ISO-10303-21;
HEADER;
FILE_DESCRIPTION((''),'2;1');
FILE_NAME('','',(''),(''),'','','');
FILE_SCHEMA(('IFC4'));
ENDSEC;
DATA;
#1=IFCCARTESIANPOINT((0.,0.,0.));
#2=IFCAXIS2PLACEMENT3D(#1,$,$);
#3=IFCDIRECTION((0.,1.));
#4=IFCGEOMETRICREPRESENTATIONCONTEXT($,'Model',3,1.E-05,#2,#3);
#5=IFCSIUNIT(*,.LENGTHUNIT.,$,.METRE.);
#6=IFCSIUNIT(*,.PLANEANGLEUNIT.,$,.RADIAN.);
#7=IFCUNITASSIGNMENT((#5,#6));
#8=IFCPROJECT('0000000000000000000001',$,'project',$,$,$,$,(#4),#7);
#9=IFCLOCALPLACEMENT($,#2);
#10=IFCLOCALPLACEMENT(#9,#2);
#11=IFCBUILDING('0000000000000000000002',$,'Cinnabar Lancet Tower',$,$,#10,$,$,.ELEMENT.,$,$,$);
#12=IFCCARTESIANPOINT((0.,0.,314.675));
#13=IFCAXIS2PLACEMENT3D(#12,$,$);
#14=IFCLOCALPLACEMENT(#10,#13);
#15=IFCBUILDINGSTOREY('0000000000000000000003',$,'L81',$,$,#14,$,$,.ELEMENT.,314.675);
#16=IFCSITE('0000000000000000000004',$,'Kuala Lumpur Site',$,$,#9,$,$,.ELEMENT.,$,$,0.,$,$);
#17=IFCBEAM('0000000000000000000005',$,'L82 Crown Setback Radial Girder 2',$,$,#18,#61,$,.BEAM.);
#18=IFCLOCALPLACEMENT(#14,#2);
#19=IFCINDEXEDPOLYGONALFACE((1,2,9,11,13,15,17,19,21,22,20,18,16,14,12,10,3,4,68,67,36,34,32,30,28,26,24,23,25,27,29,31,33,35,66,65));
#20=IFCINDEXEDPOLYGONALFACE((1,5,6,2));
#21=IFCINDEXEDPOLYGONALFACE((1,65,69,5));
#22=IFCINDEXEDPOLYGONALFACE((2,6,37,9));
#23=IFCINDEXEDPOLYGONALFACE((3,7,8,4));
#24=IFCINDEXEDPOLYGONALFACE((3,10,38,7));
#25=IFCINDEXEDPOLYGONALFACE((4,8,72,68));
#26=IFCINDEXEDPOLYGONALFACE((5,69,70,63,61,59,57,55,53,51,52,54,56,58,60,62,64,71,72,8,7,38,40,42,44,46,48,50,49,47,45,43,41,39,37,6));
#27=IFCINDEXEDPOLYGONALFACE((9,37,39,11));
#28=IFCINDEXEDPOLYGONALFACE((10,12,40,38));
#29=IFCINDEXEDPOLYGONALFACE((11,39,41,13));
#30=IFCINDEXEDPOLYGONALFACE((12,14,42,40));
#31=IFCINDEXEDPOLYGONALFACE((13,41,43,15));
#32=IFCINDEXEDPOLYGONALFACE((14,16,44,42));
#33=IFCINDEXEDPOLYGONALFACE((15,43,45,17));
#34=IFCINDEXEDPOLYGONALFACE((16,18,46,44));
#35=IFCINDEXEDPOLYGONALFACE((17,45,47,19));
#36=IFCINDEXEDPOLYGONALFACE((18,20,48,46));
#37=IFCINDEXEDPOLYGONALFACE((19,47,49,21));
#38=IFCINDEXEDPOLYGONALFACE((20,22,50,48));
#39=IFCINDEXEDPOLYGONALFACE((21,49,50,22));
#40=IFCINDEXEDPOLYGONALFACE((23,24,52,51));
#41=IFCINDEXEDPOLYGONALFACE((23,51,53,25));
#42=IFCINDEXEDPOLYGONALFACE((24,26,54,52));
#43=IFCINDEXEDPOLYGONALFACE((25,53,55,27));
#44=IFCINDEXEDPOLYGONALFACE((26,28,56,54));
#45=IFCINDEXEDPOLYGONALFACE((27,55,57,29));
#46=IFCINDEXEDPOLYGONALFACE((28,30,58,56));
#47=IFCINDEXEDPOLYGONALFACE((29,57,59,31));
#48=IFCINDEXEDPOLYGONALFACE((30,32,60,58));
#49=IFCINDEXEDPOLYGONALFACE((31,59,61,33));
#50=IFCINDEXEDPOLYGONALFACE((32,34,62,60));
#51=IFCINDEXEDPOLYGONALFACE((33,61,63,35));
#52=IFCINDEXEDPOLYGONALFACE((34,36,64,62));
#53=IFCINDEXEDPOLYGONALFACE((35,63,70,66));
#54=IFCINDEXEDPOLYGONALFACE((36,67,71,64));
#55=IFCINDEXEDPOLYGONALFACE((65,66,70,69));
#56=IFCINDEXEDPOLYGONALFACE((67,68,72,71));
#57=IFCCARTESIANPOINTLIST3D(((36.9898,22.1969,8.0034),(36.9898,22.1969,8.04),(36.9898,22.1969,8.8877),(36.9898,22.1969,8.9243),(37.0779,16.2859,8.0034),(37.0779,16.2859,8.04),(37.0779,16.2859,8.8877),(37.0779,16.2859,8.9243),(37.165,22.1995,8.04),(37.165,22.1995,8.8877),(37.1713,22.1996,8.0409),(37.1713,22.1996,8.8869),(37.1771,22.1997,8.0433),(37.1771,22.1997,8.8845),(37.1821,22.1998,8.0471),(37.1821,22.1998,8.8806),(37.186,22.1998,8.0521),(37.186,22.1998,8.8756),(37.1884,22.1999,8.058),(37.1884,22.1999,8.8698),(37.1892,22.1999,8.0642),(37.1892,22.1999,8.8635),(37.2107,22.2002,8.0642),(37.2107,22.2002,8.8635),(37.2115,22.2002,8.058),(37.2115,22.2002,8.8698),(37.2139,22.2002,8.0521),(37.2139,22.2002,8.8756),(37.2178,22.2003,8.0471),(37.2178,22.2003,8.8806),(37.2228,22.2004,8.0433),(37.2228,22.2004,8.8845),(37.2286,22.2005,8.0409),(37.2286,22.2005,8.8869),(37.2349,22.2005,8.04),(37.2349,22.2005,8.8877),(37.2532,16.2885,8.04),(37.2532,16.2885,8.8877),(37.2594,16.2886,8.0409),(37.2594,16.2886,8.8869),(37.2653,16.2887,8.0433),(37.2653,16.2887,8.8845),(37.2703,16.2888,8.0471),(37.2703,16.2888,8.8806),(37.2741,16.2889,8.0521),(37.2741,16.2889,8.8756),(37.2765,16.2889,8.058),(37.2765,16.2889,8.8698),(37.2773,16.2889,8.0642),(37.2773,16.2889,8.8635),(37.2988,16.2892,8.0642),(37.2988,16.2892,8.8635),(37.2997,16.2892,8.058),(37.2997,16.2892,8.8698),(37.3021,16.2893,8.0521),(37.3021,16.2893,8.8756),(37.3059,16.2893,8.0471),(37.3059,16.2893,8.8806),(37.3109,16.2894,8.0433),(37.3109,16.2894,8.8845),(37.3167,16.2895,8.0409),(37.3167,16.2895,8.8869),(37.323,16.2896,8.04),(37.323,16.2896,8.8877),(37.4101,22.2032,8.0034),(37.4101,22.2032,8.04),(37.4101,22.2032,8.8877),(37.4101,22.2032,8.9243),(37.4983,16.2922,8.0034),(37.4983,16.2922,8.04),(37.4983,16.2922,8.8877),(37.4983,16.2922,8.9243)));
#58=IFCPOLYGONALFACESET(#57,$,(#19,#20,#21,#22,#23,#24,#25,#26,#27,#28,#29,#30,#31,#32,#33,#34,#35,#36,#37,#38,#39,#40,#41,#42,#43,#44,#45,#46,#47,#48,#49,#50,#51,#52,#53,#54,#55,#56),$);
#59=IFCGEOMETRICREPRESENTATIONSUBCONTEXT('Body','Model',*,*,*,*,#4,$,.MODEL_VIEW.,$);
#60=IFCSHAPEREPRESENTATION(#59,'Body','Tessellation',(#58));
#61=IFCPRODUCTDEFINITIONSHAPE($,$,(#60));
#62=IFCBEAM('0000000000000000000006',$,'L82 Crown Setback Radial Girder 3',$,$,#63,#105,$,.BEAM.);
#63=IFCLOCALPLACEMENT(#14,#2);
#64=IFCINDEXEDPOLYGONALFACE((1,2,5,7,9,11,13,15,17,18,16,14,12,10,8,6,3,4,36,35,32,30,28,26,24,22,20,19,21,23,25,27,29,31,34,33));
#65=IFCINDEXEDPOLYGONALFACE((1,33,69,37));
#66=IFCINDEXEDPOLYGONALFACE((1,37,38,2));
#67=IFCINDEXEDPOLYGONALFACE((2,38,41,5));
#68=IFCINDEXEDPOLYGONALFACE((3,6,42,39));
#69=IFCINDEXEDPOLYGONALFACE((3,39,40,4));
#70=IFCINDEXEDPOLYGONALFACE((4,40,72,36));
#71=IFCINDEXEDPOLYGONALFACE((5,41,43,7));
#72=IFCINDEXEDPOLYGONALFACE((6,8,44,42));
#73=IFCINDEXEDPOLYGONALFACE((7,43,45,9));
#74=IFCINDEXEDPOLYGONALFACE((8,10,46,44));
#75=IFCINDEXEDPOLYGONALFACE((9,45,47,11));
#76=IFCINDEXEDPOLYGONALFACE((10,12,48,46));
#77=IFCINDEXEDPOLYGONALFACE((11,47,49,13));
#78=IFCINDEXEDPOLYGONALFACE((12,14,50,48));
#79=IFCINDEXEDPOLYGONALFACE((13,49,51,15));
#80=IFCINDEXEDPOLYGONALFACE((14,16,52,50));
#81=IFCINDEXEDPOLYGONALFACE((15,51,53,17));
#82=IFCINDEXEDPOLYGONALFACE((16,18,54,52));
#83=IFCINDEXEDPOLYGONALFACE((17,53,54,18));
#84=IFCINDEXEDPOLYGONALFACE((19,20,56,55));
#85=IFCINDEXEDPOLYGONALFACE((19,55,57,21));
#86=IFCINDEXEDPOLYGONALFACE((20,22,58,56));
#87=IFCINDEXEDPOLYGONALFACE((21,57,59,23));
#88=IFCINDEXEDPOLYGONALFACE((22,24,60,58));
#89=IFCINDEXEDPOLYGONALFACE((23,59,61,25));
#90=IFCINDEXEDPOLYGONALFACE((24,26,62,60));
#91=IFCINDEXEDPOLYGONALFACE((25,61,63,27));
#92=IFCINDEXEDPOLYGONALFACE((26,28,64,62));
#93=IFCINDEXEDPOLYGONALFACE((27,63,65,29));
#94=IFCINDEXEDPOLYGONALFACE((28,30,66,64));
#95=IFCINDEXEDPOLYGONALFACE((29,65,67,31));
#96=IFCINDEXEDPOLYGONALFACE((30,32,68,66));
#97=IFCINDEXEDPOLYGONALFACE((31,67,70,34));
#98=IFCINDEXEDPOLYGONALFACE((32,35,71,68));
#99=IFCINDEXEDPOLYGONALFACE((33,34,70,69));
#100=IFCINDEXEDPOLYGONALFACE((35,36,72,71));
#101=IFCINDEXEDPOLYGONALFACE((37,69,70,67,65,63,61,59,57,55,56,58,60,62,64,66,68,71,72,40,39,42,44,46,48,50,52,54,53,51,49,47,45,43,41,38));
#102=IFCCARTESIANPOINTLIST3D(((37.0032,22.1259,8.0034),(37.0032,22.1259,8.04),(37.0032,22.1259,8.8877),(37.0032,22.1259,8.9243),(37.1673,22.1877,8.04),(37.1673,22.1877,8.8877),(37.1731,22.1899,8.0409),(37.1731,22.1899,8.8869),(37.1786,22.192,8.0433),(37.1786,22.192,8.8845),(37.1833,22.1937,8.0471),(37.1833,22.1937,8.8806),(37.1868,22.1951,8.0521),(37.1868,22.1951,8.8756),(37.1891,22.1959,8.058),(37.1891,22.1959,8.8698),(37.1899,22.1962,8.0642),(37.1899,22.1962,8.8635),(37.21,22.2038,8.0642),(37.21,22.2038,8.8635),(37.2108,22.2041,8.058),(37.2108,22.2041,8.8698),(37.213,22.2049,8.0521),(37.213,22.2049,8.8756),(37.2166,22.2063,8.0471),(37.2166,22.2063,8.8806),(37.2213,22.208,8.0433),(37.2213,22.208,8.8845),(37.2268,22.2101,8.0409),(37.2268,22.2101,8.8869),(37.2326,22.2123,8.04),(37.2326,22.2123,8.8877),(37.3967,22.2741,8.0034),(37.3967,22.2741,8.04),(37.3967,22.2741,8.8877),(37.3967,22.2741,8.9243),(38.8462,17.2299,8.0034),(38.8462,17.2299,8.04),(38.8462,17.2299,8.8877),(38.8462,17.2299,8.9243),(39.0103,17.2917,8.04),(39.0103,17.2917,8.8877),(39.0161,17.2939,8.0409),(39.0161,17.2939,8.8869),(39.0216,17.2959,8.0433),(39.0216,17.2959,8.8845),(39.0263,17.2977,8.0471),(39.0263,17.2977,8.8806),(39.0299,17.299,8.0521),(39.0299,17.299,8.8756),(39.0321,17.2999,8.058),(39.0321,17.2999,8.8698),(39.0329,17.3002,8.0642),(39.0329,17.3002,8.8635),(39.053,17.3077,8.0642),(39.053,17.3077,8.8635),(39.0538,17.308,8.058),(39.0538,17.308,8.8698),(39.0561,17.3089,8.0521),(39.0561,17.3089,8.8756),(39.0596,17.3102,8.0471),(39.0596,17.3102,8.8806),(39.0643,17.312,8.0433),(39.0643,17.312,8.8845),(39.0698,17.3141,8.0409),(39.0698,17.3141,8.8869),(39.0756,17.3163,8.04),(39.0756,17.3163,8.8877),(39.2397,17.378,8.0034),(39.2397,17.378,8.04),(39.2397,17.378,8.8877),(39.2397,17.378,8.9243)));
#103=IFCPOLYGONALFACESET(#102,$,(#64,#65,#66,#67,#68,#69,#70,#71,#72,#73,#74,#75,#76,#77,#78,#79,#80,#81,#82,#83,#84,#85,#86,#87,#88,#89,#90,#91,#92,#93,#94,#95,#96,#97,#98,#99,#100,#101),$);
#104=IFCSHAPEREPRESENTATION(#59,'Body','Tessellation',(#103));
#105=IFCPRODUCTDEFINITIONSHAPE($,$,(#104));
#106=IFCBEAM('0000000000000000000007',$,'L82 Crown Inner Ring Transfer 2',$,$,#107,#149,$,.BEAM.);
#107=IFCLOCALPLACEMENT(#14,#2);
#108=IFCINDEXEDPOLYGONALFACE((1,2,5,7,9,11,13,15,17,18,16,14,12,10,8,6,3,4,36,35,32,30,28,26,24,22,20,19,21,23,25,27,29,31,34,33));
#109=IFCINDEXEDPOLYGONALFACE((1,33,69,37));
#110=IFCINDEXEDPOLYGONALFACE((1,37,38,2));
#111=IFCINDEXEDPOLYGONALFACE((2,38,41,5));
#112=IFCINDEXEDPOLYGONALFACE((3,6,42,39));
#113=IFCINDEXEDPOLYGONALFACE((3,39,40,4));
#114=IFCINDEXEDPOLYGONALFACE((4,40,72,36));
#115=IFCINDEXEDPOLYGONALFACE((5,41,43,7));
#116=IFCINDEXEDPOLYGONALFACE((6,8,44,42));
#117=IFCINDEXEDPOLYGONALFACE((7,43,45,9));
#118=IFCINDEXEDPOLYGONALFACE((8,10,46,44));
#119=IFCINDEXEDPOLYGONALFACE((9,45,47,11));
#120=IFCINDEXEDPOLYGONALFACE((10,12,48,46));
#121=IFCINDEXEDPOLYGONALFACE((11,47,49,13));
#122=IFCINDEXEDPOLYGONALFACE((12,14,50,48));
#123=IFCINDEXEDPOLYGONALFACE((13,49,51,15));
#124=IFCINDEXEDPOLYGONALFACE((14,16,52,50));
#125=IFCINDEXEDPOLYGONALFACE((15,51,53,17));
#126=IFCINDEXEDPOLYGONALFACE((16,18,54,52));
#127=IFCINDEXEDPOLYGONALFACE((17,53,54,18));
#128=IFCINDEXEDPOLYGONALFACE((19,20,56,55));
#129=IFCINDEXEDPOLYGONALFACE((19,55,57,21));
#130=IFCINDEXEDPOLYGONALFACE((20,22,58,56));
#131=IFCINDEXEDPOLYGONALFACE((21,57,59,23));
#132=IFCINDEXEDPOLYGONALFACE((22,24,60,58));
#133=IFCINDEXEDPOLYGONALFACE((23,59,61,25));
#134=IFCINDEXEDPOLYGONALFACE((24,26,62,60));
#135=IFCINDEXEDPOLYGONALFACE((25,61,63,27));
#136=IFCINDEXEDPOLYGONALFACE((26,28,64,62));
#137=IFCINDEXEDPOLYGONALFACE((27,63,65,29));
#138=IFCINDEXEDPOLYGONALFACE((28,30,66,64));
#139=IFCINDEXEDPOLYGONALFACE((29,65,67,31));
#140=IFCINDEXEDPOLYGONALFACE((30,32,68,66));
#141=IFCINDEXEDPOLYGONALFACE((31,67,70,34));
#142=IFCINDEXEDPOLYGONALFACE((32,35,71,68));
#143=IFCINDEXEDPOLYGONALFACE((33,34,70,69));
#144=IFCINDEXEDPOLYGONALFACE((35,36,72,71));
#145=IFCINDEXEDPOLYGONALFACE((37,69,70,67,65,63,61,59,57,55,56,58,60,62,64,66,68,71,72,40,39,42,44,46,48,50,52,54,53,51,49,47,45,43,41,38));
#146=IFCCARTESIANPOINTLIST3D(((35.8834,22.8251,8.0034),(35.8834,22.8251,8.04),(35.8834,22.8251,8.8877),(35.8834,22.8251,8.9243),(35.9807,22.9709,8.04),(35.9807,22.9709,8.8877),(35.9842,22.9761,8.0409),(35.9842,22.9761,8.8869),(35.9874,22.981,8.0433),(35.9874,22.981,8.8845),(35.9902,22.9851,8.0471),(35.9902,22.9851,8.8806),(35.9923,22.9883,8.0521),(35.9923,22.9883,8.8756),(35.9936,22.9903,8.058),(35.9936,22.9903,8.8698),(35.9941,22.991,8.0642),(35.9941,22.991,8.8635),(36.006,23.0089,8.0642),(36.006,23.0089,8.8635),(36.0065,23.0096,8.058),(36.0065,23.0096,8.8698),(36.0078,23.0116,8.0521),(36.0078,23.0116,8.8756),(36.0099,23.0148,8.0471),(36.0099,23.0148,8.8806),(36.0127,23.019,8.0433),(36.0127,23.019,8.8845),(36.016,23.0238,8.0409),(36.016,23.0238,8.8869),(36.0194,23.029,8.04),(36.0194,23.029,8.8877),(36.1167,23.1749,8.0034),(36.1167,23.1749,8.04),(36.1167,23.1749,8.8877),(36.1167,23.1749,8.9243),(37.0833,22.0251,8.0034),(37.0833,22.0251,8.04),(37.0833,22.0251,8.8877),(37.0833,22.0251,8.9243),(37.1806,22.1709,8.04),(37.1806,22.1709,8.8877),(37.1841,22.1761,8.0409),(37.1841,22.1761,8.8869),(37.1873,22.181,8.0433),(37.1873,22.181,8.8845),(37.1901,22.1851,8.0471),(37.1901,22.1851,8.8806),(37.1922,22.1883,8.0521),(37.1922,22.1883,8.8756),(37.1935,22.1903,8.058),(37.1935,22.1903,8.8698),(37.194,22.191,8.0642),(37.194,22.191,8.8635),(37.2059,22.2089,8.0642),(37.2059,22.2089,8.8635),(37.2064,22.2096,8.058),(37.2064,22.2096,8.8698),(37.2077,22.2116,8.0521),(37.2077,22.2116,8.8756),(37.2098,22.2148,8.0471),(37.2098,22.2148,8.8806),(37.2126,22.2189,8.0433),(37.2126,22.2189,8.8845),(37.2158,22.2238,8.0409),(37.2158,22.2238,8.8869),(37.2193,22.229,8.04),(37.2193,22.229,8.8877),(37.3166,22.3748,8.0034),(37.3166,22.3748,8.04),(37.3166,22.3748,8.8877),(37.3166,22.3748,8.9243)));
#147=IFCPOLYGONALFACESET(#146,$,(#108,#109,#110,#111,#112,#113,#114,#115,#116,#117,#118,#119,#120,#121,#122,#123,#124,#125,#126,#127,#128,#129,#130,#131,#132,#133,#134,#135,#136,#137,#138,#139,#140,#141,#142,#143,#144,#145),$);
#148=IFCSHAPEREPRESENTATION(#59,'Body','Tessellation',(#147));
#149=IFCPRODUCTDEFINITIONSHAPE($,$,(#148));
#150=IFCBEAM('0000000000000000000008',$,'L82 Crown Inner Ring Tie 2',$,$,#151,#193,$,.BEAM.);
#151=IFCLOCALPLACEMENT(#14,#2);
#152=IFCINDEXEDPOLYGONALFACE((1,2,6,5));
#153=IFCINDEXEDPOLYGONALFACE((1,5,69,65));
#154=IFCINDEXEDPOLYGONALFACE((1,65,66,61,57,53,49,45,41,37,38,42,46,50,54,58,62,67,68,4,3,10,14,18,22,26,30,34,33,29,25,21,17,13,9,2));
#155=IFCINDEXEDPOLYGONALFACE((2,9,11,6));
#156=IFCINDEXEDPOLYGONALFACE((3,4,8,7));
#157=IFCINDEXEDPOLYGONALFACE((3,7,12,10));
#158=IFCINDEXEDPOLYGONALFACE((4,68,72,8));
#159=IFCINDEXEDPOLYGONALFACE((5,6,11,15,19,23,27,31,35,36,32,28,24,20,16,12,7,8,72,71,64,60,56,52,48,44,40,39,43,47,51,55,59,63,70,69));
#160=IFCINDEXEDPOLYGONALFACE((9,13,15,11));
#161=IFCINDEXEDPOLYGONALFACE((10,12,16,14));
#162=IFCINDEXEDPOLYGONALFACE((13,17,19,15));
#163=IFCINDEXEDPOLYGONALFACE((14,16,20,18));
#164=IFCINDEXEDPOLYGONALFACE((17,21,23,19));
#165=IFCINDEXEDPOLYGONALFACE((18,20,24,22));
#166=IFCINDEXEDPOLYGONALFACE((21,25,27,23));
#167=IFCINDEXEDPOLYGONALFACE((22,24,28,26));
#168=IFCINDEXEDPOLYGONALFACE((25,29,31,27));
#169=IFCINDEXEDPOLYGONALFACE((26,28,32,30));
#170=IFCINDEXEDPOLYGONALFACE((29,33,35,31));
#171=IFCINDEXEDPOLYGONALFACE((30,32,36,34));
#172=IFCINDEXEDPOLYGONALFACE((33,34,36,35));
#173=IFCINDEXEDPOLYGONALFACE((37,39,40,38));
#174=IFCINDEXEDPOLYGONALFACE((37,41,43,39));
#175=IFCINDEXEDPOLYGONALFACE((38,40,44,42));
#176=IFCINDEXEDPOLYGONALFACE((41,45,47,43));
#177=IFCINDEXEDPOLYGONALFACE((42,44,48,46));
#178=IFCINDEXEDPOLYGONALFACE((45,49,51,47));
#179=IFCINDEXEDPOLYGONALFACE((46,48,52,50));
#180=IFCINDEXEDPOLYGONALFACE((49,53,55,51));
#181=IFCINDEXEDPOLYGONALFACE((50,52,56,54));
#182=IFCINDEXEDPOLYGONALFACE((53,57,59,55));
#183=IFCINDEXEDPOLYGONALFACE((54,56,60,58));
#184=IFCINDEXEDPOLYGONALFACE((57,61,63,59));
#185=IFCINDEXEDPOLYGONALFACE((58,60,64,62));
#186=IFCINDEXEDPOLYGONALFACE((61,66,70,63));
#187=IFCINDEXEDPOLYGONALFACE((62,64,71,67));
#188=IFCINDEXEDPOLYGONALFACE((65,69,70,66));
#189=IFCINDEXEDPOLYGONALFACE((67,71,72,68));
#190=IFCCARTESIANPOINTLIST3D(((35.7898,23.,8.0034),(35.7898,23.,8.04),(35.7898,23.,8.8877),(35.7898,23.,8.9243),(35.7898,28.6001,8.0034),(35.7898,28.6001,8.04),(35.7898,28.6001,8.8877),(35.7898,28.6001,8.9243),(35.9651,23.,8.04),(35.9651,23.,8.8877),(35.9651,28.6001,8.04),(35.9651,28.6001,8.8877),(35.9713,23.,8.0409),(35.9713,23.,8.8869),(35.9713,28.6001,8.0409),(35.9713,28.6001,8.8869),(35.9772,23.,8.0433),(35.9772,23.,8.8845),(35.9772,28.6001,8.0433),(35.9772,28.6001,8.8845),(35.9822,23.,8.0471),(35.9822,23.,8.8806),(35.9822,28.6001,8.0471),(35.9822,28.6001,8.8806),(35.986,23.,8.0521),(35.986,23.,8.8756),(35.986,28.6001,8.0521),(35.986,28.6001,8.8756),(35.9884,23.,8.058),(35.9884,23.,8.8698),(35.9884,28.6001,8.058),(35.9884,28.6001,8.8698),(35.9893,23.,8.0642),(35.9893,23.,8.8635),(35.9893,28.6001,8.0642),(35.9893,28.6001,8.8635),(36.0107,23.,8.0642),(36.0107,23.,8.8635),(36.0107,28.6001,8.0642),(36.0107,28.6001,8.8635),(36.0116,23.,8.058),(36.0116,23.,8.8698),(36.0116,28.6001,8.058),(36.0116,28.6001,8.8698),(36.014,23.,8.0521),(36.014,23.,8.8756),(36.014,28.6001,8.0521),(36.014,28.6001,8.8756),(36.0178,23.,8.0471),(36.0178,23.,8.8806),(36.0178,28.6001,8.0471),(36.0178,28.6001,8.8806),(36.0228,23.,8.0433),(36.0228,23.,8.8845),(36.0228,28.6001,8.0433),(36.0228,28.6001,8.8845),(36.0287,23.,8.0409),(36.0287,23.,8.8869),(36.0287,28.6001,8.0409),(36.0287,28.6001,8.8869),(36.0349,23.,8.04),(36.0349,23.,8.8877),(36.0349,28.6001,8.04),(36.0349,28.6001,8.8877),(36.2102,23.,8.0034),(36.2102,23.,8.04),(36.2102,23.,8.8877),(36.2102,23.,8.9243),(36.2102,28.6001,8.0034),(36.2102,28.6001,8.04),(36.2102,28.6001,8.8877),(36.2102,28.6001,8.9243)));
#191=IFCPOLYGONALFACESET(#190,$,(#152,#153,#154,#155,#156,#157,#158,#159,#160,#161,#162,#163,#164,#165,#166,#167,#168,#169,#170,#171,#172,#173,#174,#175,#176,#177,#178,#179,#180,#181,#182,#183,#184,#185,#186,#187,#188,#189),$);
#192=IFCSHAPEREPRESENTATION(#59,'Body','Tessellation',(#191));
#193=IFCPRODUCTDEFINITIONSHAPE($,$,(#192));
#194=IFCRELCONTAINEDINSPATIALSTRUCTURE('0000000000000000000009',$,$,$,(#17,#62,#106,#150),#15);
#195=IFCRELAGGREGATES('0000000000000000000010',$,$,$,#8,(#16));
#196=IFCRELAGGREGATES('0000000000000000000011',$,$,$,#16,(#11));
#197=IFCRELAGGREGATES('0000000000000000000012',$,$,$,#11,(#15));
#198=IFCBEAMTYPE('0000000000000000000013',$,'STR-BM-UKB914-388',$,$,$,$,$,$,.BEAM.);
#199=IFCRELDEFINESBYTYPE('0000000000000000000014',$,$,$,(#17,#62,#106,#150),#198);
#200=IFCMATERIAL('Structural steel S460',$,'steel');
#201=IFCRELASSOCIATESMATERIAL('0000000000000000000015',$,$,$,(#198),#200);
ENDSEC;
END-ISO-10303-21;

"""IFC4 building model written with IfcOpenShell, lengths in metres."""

from ifc_helpers import new_model, si_unit, direction, frame, origin, origin_2d, place, context, subcontext, project, spatial, i_section, extrude, material, material_profile, profile_set, type_object, element, save


model = new_model("IFC4")

# Units and contexts
model_context = context("Model", 3, precision=1e-05, world=origin(), true_north=direction((0.0, 1.0)))
body_context = subcontext(model_context, "Body", "Model", "MODEL_VIEW")
ifc_project = project(units=[si_unit("LENGTHUNIT", "METRE"), si_unit("PLANEANGLEUNIT", "RADIAN")], contexts=[model_context])

# Site, building, storey
site_placement = place(None, origin())
site = spatial("IfcSite", under=ifc_project, at=site_placement, Name="Kuala Lumpur Site", CompositionType="ELEMENT", RefElevation=0.0)
building_placement = place(site_placement, origin())
building = spatial("IfcBuilding", under=site, at=building_placement, Name="Cinnabar Lancet Tower", CompositionType="ELEMENT")
storey_placement = place(building_placement, frame((0.0, 0.0, 314.675)))
storey = spatial("IfcBuildingStorey", under=building, at=storey_placement, Name="L81", CompositionType="ELEMENT", Elevation=314.675)

# Beams
ifc_material_1 = material(Name="Structural steel S460", Category="steel")
ifc_material_profile_1 = material_profile(ifc_material_1, i_section(OverallWidth=0.4204, OverallDepth=0.9209, WebThickness=0.0215, FlangeThickness=0.0366, FilletRadius=0.0242, at=origin_2d()), Name="UKB 914x419x388")
ifc_profile_set_1 = profile_set([ifc_material_profile_1], Name="Structural steel S460")
beam_type = type_object("IfcBeamType", Name="STR-BM-UKB914-388", PredefinedType="BEAM", material=ifc_profile_set_1)
beam_1_placement = place(storey_placement, frame((37.2881, 16.2891, 8.4639), z_axis=(-0.014909, 0.999889, 0.0), x_axis=(-0.999889, -0.014909, 0.0)))
element("IfcBeam", 1, at=beam_1_placement, inside=storey, type_object=beam_type, Name="L82 Crown Setback Radial Girder 2", PredefinedType="BEAM", context=body_context, shape_type="SweptSolid", body=[
    extrude(i_section(OverallWidth=0.4204, OverallDepth=0.9209, WebThickness=0.0215, FlangeThickness=0.0366, FilletRadius=0.0242, at=origin_2d()), origin(), (0.0, 0.0, 1.0), 5.9116),
])
beam_2_placement = place(storey_placement, frame((39.043, 17.304, 8.4639), z_axis=(-0.352299, 0.935887, 0.0), x_axis=(-0.935887, -0.352299, 0.0)))
element("IfcBeam", 2, at=beam_2_placement, inside=storey, type_object=beam_type, Name="L82 Crown Setback Radial Girder 3", PredefinedType="BEAM", context=body_context, shape_type="SweptSolid", body=[
    extrude(i_section(OverallWidth=0.4204, OverallDepth=0.9209, WebThickness=0.0215, FlangeThickness=0.0366, FilletRadius=0.0242, at=origin_2d()), origin(), (0.0, 0.0, 1.0), 5.2314),
])
beam_3_placement = place(storey_placement, frame((37.2, 22.2, 8.4639), z_axis=(-0.832024, 0.554739, 0.0), x_axis=(-0.554739, -0.832024, 0.0)))
element("IfcBeam", 3, at=beam_3_placement, inside=storey, type_object=beam_type, Name="L82 Crown Inner Ring Transfer 2", PredefinedType="BEAM", context=body_context, shape_type="SweptSolid", body=[
    extrude(i_section(OverallWidth=0.4204, OverallDepth=0.9209, WebThickness=0.0215, FlangeThickness=0.0366, FilletRadius=0.0242, at=origin_2d()), origin(), (0.0, 0.0, 1.0), 1.4421),
])
beam_4_placement = place(storey_placement, frame((36.0, 23.0, 8.4639), z_axis=(0.0, 1.0, 0.0), x_axis=(-1.0, 0.0, 0.0)))
element("IfcBeam", 4, at=beam_4_placement, inside=storey, type_object=beam_type, Name="L82 Crown Inner Ring Tie 2", PredefinedType="BEAM", context=body_context, shape_type="SweptSolid", body=[
    extrude(i_section(OverallWidth=0.4204, OverallDepth=0.9209, WebThickness=0.0215, FlangeThickness=0.0366, FilletRadius=0.0242, at=origin_2d()), origin(), (0.0, 0.0, 1.0), 5.6001),
])

save(model, "model.ifc")
